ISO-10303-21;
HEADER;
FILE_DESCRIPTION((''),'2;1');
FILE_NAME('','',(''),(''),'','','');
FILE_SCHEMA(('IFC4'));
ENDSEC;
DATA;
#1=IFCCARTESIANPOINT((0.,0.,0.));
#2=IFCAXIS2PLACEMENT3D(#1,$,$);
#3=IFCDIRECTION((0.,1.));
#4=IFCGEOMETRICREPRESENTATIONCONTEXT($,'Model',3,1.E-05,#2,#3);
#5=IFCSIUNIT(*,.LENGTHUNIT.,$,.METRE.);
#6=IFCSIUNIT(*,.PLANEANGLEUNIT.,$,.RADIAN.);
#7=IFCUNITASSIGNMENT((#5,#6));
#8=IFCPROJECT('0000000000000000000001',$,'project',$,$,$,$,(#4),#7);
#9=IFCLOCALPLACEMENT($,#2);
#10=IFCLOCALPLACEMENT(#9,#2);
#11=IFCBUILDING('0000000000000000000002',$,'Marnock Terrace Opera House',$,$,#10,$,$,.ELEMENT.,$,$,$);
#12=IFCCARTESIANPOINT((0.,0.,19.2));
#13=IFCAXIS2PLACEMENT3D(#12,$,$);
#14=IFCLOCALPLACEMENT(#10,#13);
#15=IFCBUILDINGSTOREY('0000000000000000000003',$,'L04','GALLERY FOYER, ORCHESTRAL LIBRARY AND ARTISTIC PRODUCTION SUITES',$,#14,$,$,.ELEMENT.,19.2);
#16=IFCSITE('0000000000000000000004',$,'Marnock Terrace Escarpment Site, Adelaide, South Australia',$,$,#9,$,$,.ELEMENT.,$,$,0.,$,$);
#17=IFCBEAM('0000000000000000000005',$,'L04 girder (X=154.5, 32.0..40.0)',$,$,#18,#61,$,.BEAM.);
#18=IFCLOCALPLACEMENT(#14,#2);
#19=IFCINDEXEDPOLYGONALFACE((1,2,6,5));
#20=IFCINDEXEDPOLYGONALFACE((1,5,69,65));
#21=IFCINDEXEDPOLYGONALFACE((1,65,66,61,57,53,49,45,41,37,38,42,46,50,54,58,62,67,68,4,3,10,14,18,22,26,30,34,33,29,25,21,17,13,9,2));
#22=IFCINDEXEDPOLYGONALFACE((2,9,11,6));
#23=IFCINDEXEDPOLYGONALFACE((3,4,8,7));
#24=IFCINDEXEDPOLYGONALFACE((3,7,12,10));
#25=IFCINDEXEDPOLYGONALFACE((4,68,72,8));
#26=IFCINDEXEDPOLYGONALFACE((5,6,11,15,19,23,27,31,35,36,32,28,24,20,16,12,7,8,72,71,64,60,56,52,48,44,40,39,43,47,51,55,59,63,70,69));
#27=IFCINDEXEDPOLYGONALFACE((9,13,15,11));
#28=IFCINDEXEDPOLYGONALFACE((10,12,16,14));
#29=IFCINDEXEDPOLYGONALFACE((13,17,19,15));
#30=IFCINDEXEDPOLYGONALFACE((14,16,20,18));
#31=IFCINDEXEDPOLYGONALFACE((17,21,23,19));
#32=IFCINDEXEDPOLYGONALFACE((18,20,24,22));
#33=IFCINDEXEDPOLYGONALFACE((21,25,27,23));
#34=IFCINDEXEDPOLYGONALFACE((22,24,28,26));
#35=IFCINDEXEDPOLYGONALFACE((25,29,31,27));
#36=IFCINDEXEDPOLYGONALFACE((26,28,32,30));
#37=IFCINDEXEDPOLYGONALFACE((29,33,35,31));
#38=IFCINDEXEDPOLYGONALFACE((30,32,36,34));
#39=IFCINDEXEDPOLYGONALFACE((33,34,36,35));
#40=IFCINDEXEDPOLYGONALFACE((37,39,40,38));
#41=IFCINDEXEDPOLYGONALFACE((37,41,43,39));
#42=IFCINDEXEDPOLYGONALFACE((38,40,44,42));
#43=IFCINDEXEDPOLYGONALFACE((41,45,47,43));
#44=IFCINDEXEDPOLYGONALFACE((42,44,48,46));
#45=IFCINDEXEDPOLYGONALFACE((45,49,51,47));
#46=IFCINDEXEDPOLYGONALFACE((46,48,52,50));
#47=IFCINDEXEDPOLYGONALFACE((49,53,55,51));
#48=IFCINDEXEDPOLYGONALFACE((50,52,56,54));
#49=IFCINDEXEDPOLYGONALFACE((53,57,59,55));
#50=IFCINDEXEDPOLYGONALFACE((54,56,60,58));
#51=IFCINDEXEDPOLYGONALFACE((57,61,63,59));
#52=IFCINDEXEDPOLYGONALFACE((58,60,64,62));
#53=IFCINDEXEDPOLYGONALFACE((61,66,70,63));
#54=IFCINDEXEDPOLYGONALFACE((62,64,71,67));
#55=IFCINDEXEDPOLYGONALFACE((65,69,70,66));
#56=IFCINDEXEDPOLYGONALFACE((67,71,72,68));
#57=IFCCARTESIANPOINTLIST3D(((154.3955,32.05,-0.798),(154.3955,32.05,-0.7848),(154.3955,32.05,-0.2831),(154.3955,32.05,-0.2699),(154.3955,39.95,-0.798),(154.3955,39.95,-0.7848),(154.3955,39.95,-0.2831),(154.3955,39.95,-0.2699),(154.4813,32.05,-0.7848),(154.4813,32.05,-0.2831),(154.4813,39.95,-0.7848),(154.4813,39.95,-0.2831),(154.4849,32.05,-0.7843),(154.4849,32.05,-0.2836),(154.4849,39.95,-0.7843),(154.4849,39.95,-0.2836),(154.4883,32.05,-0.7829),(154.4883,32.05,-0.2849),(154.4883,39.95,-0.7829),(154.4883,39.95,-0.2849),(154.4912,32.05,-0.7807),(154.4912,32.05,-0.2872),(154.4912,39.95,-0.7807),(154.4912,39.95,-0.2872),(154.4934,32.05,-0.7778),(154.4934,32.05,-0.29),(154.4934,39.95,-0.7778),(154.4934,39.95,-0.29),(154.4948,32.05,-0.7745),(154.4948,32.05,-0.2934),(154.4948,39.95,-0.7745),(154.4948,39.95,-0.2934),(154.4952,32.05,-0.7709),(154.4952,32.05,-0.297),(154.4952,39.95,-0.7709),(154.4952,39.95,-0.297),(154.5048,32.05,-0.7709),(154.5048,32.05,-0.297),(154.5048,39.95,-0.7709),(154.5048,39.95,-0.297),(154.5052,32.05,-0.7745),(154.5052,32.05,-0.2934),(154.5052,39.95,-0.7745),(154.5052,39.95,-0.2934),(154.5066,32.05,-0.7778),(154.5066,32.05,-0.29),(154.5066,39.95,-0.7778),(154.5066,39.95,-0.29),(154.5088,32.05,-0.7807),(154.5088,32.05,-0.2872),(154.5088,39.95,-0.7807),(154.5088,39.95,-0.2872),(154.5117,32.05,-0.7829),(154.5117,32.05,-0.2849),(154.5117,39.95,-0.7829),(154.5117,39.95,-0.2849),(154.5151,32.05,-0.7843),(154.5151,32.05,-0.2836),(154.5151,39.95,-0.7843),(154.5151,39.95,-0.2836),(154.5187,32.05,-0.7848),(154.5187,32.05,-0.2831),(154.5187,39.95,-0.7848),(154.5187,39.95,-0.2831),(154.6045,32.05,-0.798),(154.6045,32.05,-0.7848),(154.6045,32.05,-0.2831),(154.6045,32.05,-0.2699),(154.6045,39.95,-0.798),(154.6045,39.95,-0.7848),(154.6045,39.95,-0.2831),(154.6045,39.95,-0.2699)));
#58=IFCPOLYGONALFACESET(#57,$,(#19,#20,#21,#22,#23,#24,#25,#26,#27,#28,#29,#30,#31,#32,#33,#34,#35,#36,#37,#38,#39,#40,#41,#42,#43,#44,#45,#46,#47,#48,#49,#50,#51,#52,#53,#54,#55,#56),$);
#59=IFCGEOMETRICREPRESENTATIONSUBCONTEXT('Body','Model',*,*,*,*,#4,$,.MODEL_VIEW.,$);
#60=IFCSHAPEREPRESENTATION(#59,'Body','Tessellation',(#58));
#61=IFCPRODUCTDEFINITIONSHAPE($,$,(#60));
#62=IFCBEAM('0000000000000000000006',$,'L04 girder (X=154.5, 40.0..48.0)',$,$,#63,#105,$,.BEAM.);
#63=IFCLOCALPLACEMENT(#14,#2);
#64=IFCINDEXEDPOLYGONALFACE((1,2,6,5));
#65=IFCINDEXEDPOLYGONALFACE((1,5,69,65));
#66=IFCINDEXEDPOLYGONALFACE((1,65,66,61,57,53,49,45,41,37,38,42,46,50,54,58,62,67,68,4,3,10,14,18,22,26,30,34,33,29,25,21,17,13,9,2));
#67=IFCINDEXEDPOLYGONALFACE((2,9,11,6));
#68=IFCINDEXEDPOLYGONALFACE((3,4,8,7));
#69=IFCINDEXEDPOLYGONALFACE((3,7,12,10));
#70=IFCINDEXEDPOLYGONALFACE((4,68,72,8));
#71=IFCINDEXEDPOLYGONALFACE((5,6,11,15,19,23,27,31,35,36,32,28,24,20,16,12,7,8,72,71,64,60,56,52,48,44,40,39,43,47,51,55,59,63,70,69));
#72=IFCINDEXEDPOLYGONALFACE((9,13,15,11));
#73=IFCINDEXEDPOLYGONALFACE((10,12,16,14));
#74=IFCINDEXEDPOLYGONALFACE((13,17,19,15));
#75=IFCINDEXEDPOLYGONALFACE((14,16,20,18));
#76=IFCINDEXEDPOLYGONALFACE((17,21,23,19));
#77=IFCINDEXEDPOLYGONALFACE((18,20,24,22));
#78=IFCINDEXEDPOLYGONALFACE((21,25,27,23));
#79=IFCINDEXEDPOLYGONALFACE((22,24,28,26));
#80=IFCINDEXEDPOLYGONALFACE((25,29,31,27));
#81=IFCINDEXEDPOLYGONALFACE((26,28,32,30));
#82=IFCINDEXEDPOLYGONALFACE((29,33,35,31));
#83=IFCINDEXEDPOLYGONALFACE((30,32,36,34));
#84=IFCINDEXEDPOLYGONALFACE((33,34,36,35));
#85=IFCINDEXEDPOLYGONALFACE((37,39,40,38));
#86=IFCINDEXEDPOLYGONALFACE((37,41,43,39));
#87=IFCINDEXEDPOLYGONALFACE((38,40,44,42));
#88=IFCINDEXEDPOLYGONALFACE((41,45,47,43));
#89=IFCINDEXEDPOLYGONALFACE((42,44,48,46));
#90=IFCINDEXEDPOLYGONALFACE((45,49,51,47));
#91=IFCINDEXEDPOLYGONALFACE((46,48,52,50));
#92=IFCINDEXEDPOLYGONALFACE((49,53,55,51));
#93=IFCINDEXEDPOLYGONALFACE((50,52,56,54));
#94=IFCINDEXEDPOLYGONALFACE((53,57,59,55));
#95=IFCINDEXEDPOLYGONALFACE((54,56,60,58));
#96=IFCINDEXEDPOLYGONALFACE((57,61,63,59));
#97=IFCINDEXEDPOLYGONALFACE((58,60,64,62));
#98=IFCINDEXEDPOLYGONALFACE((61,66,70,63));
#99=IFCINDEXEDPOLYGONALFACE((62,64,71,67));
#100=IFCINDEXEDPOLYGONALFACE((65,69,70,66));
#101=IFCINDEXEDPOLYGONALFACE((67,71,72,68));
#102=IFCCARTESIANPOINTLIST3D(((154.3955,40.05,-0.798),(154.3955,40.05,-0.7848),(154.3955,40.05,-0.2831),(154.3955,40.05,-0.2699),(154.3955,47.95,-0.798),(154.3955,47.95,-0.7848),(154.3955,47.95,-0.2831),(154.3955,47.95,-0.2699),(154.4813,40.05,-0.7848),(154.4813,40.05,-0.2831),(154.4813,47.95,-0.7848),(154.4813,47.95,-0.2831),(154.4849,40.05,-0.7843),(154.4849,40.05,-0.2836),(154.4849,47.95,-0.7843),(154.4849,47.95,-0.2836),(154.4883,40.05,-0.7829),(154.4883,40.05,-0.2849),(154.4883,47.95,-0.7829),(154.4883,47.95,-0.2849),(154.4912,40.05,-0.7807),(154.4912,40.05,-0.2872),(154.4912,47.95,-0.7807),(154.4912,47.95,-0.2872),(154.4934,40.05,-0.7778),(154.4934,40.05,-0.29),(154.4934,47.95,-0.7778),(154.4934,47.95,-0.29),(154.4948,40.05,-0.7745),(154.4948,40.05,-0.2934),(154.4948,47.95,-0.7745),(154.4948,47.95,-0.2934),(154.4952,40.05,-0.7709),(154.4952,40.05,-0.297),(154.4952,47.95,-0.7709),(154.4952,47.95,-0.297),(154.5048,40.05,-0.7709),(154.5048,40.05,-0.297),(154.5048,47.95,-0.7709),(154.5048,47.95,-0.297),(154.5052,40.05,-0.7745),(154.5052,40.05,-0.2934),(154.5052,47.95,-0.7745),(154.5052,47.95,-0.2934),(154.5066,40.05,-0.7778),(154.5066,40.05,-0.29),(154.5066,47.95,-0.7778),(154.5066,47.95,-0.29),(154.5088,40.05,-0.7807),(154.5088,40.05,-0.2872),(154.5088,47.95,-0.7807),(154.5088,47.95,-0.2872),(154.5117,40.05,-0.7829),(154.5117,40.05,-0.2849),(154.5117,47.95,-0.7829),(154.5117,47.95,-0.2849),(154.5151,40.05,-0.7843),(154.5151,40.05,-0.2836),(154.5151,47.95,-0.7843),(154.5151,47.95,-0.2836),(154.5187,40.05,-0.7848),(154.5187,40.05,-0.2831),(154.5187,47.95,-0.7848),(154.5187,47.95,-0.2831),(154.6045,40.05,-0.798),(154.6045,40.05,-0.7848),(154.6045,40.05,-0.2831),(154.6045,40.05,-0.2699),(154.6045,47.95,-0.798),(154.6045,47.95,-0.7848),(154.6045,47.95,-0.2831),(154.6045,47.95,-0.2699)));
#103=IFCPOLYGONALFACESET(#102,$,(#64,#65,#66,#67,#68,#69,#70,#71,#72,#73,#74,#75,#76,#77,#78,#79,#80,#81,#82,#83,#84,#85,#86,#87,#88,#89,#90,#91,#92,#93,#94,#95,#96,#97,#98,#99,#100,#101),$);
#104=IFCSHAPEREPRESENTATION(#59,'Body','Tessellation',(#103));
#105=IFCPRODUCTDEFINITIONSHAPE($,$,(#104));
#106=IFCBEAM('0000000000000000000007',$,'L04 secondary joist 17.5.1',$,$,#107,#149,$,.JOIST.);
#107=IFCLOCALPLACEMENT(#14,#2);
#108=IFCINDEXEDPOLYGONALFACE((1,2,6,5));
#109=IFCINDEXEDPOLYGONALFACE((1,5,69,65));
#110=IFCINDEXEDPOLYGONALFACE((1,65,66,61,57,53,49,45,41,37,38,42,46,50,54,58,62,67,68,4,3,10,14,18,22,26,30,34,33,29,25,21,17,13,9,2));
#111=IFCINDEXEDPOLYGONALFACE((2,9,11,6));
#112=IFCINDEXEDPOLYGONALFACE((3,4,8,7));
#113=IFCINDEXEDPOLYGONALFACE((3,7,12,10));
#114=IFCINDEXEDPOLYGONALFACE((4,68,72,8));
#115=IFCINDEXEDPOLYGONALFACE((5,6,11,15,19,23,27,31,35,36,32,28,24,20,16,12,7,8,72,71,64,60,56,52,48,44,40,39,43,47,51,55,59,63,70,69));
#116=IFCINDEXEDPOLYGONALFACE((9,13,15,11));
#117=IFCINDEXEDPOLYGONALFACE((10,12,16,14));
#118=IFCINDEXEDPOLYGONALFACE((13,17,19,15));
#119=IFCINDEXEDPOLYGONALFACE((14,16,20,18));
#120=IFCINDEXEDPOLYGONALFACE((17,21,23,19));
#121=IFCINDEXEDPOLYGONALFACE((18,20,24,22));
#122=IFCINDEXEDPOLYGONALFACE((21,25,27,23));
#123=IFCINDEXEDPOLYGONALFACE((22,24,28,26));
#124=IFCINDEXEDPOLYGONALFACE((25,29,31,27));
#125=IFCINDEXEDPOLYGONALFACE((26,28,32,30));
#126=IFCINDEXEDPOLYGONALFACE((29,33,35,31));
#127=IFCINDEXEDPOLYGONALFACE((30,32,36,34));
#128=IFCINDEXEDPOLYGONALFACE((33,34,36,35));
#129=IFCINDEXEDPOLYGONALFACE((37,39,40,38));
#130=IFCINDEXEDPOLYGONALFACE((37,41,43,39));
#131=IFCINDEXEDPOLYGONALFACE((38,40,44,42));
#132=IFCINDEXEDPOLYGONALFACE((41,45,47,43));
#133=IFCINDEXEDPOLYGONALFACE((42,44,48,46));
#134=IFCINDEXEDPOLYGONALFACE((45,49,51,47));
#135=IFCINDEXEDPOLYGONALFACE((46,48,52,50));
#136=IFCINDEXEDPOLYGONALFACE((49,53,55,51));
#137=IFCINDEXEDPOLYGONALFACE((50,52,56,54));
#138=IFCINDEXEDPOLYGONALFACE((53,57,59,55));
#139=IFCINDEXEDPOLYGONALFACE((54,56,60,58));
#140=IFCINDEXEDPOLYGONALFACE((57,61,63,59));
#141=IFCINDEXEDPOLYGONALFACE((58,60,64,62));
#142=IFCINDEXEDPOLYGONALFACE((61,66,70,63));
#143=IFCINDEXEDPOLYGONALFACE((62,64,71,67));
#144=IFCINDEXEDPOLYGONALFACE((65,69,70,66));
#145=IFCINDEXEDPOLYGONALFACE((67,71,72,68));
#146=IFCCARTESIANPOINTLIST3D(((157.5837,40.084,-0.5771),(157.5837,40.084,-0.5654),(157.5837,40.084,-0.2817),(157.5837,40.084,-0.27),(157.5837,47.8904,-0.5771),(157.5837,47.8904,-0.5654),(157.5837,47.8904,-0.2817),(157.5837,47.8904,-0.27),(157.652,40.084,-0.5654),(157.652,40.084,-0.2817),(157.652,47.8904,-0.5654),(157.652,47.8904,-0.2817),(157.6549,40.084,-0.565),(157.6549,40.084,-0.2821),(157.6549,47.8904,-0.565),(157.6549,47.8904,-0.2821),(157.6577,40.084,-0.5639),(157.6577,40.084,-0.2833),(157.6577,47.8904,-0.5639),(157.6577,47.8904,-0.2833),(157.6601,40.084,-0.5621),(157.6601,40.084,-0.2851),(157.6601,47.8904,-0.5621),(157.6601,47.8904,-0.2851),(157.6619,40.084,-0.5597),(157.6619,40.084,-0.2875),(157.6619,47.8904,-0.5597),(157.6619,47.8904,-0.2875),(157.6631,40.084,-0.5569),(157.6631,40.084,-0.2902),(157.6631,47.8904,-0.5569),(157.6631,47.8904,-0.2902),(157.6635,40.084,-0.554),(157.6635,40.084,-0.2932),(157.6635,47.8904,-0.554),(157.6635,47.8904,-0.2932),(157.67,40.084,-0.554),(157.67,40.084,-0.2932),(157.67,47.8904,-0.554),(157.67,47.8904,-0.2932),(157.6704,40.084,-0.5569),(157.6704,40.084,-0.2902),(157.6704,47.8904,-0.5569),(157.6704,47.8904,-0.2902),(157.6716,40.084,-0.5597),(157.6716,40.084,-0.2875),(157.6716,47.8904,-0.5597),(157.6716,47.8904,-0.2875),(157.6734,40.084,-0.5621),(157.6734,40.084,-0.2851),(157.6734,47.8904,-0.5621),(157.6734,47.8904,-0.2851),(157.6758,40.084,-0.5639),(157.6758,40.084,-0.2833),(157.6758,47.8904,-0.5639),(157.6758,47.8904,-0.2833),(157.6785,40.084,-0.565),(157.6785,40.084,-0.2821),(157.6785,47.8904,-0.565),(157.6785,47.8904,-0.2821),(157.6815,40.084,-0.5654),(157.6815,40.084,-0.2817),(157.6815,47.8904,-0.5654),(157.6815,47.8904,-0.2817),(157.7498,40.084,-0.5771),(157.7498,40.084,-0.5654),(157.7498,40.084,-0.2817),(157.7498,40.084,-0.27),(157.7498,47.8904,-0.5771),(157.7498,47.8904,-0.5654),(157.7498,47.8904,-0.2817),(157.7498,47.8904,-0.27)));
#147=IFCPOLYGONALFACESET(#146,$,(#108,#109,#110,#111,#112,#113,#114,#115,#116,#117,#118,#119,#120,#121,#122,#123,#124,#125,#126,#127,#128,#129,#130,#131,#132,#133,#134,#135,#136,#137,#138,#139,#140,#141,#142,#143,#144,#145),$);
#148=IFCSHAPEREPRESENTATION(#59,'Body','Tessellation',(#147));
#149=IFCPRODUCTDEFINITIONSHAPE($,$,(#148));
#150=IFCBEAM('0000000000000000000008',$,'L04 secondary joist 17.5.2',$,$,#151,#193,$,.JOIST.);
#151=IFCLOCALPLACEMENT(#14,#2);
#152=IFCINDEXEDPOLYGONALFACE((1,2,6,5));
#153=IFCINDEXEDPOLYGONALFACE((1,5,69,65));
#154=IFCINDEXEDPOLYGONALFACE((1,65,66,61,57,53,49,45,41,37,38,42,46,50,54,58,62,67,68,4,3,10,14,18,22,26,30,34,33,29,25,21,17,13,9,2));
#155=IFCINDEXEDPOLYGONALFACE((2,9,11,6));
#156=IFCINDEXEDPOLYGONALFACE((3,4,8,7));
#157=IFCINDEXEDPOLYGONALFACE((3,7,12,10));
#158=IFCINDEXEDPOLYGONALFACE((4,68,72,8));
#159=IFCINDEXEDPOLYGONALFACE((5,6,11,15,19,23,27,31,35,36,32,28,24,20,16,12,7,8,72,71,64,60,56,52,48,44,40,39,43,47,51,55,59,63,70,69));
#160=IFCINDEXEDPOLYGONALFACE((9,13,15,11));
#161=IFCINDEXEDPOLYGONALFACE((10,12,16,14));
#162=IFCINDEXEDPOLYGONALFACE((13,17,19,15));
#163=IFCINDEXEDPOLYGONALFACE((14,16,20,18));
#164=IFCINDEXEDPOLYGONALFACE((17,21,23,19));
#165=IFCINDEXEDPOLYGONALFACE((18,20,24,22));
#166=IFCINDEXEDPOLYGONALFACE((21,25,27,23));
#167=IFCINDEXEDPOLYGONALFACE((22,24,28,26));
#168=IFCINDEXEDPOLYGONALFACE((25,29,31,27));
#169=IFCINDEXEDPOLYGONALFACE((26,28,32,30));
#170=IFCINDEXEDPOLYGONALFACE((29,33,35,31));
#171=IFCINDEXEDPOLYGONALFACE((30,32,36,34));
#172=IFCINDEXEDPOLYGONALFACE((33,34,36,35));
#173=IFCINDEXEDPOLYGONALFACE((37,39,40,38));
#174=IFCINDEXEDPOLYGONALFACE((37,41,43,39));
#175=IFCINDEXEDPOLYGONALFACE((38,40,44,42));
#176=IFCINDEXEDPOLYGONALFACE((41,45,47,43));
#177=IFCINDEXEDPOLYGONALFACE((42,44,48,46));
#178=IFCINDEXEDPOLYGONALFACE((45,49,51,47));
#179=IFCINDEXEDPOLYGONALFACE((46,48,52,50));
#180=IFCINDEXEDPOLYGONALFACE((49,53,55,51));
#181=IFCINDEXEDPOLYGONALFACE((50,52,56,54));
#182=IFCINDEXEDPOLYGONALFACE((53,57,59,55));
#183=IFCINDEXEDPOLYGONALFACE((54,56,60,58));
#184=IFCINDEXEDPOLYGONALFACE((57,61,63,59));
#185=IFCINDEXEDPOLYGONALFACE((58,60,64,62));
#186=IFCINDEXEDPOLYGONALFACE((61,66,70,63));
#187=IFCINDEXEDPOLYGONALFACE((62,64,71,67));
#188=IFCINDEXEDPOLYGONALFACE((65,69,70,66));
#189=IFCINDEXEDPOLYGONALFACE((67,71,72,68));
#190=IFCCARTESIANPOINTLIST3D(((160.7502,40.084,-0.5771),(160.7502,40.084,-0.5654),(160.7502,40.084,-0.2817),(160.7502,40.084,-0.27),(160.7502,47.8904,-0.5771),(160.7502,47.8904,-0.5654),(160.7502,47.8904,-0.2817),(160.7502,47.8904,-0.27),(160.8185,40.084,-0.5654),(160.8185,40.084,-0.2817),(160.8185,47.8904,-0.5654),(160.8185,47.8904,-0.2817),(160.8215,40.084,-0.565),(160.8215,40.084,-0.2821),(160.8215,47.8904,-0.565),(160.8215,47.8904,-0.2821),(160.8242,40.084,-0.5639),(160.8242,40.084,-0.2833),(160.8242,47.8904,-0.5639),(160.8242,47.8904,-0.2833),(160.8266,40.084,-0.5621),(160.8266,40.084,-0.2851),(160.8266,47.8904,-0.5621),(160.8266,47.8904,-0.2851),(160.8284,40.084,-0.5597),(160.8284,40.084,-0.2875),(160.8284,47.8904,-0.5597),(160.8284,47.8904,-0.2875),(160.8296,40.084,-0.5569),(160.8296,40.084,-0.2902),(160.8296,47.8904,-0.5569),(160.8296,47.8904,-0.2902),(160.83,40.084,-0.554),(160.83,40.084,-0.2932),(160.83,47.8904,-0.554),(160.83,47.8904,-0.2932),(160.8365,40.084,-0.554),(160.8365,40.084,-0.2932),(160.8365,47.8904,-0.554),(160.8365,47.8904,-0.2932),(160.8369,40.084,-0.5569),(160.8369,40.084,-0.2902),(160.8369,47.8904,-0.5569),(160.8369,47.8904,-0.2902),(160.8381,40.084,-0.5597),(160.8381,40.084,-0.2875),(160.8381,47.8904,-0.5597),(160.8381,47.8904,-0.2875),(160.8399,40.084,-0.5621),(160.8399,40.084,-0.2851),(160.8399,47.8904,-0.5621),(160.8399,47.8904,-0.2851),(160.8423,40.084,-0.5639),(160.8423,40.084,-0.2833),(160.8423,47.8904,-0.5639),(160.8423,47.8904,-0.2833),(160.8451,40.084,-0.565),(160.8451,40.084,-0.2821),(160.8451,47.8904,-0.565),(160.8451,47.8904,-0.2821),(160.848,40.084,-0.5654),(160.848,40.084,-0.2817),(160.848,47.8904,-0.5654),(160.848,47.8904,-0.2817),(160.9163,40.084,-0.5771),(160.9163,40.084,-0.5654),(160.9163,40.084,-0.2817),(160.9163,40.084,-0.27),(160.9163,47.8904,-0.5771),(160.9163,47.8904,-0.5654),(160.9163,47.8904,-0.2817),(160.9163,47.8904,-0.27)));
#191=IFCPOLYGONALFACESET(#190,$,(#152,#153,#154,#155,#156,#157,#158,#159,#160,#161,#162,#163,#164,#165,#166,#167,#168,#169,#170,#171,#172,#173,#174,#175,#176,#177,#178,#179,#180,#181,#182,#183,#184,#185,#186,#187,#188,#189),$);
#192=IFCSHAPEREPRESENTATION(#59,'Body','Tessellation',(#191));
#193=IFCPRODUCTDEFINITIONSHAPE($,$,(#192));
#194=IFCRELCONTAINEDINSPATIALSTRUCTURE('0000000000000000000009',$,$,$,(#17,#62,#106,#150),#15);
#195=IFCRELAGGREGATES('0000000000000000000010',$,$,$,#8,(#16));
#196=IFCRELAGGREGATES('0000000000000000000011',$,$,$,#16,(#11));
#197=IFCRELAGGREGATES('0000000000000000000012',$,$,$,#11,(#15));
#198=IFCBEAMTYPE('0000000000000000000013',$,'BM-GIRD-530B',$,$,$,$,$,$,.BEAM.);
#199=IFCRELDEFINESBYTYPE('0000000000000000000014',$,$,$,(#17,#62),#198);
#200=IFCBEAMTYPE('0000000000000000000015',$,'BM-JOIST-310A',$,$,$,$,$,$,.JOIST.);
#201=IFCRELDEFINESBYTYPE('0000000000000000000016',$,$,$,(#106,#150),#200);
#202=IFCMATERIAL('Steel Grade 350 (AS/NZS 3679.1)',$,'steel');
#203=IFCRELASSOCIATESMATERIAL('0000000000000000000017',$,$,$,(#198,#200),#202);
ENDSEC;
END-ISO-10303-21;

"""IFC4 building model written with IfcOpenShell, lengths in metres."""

from ifc_helpers import new_model, si_unit, direction, frame, origin, origin_2d, place, context, subcontext, project, spatial, i_section, extrude, material, material_profile, profile_set, type_object, element, save


model = new_model("IFC4")

# Units and contexts
model_context = context("Model", 3, precision=1e-05, world=origin(), true_north=direction((0.0, 1.0)))
body_context = subcontext(model_context, "Body", "Model", "MODEL_VIEW")
ifc_project = project(units=[si_unit("LENGTHUNIT", "METRE"), si_unit("PLANEANGLEUNIT", "RADIAN")], contexts=[model_context])

# Site, building, storey
site_placement = place(None, origin())
site = spatial("IfcSite", under=ifc_project, at=site_placement, Name="Marnock Terrace Escarpment Site, Adelaide, South Australia", CompositionType="ELEMENT", RefElevation=0.0)
building_placement = place(site_placement, origin())
building = spatial("IfcBuilding", under=site, at=building_placement, Name="Marnock Terrace Opera House", CompositionType="ELEMENT")
storey_placement = place(building_placement, frame((0.0, 0.0, 19.2)))
storey = spatial("IfcBuildingStorey", under=building, at=storey_placement, Name="L04", Description="GALLERY FOYER, ORCHESTRAL LIBRARY AND ARTISTIC PRODUCTION SUITES", CompositionType="ELEMENT", Elevation=19.2)

# Shared definitions
ifc_material_1 = material(Name="Steel Grade 350 (AS/NZS 3679.1)", Category="steel")

# Beams
ifc_material_profile_1 = material_profile(ifc_material_1, i_section(OverallWidth=0.209, OverallDepth=0.5281, WebThickness=0.0095, FlangeThickness=0.0132, FilletRadius=0.0139, at=origin_2d()))
ifc_profile_set_1 = profile_set([ifc_material_profile_1], Name="Steel Grade 350 (AS/NZS 3679.1)")
beam_type_1 = type_object("IfcBeamType", Name="BM-GIRD-530B", PredefinedType="BEAM", material=ifc_profile_set_1)
for number, where, z_axis, x_axis, name in (
    (1, (154.5, 32.05, -0.5339), (0.0, 1.0, 0.0), (-1.0, 0.0, 0.0), "L04 girder (X=154.5, 32.0..40.0)"),
    (2, (154.5, 40.05, -0.5339), (0.0, 1.0, 0.0), (-1.0, 0.0, 0.0), "L04 girder (X=154.5, 40.0..48.0)"),
):
    element("IfcBeam", number, at=place(storey_placement, frame(where, z_axis=z_axis, x_axis=x_axis)), inside=storey, type_object=beam_type_1, Name=name, PredefinedType="BEAM", context=body_context, shape_type="SweptSolid", body=[
        extrude(i_section(OverallWidth=0.209, OverallDepth=0.5281, WebThickness=0.0095, FlangeThickness=0.0132, FilletRadius=0.0139, at=origin_2d()), origin(), (0.0, 0.0, 1.0), 7.8999),
    ])
ifc_material_profile_2 = material_profile(ifc_material_1, i_section(OverallWidth=0.166, OverallDepth=0.3071, WebThickness=0.0066, FlangeThickness=0.0117, FilletRadius=0.0115, at=origin_2d()))
ifc_profile_set_2 = profile_set([ifc_material_profile_2], Name="Steel Grade 350 (AS/NZS 3679.1)")
beam_type_2 = type_object("IfcBeamType", Name="BM-JOIST-310A", PredefinedType="JOIST", material=ifc_profile_set_2)
for number, where, z_axis, x_axis, name in (
    (3, (157.6667, 40.084, -0.4236), (0.0, 1.0, 0.0), (-1.0, 0.0, 0.0), "L04 secondary joist 17.5.1"),
    (4, (160.8333, 40.084, -0.4236), (0.0, 1.0, 0.0), (-1.0, 0.0, 0.0), "L04 secondary joist 17.5.2"),
):
    element("IfcBeam", number, at=place(storey_placement, frame(where, z_axis=z_axis, x_axis=x_axis)), inside=storey, type_object=beam_type_2, Name=name, PredefinedType="JOIST", context=body_context, shape_type="SweptSolid", body=[
        extrude(i_section(OverallWidth=0.166, OverallDepth=0.3071, WebThickness=0.0066, FlangeThickness=0.0117, FilletRadius=0.0115, at=origin_2d()), origin(), (0.0, 0.0, 1.0), 7.8064),
    ])

save(model, "model.ifc")
